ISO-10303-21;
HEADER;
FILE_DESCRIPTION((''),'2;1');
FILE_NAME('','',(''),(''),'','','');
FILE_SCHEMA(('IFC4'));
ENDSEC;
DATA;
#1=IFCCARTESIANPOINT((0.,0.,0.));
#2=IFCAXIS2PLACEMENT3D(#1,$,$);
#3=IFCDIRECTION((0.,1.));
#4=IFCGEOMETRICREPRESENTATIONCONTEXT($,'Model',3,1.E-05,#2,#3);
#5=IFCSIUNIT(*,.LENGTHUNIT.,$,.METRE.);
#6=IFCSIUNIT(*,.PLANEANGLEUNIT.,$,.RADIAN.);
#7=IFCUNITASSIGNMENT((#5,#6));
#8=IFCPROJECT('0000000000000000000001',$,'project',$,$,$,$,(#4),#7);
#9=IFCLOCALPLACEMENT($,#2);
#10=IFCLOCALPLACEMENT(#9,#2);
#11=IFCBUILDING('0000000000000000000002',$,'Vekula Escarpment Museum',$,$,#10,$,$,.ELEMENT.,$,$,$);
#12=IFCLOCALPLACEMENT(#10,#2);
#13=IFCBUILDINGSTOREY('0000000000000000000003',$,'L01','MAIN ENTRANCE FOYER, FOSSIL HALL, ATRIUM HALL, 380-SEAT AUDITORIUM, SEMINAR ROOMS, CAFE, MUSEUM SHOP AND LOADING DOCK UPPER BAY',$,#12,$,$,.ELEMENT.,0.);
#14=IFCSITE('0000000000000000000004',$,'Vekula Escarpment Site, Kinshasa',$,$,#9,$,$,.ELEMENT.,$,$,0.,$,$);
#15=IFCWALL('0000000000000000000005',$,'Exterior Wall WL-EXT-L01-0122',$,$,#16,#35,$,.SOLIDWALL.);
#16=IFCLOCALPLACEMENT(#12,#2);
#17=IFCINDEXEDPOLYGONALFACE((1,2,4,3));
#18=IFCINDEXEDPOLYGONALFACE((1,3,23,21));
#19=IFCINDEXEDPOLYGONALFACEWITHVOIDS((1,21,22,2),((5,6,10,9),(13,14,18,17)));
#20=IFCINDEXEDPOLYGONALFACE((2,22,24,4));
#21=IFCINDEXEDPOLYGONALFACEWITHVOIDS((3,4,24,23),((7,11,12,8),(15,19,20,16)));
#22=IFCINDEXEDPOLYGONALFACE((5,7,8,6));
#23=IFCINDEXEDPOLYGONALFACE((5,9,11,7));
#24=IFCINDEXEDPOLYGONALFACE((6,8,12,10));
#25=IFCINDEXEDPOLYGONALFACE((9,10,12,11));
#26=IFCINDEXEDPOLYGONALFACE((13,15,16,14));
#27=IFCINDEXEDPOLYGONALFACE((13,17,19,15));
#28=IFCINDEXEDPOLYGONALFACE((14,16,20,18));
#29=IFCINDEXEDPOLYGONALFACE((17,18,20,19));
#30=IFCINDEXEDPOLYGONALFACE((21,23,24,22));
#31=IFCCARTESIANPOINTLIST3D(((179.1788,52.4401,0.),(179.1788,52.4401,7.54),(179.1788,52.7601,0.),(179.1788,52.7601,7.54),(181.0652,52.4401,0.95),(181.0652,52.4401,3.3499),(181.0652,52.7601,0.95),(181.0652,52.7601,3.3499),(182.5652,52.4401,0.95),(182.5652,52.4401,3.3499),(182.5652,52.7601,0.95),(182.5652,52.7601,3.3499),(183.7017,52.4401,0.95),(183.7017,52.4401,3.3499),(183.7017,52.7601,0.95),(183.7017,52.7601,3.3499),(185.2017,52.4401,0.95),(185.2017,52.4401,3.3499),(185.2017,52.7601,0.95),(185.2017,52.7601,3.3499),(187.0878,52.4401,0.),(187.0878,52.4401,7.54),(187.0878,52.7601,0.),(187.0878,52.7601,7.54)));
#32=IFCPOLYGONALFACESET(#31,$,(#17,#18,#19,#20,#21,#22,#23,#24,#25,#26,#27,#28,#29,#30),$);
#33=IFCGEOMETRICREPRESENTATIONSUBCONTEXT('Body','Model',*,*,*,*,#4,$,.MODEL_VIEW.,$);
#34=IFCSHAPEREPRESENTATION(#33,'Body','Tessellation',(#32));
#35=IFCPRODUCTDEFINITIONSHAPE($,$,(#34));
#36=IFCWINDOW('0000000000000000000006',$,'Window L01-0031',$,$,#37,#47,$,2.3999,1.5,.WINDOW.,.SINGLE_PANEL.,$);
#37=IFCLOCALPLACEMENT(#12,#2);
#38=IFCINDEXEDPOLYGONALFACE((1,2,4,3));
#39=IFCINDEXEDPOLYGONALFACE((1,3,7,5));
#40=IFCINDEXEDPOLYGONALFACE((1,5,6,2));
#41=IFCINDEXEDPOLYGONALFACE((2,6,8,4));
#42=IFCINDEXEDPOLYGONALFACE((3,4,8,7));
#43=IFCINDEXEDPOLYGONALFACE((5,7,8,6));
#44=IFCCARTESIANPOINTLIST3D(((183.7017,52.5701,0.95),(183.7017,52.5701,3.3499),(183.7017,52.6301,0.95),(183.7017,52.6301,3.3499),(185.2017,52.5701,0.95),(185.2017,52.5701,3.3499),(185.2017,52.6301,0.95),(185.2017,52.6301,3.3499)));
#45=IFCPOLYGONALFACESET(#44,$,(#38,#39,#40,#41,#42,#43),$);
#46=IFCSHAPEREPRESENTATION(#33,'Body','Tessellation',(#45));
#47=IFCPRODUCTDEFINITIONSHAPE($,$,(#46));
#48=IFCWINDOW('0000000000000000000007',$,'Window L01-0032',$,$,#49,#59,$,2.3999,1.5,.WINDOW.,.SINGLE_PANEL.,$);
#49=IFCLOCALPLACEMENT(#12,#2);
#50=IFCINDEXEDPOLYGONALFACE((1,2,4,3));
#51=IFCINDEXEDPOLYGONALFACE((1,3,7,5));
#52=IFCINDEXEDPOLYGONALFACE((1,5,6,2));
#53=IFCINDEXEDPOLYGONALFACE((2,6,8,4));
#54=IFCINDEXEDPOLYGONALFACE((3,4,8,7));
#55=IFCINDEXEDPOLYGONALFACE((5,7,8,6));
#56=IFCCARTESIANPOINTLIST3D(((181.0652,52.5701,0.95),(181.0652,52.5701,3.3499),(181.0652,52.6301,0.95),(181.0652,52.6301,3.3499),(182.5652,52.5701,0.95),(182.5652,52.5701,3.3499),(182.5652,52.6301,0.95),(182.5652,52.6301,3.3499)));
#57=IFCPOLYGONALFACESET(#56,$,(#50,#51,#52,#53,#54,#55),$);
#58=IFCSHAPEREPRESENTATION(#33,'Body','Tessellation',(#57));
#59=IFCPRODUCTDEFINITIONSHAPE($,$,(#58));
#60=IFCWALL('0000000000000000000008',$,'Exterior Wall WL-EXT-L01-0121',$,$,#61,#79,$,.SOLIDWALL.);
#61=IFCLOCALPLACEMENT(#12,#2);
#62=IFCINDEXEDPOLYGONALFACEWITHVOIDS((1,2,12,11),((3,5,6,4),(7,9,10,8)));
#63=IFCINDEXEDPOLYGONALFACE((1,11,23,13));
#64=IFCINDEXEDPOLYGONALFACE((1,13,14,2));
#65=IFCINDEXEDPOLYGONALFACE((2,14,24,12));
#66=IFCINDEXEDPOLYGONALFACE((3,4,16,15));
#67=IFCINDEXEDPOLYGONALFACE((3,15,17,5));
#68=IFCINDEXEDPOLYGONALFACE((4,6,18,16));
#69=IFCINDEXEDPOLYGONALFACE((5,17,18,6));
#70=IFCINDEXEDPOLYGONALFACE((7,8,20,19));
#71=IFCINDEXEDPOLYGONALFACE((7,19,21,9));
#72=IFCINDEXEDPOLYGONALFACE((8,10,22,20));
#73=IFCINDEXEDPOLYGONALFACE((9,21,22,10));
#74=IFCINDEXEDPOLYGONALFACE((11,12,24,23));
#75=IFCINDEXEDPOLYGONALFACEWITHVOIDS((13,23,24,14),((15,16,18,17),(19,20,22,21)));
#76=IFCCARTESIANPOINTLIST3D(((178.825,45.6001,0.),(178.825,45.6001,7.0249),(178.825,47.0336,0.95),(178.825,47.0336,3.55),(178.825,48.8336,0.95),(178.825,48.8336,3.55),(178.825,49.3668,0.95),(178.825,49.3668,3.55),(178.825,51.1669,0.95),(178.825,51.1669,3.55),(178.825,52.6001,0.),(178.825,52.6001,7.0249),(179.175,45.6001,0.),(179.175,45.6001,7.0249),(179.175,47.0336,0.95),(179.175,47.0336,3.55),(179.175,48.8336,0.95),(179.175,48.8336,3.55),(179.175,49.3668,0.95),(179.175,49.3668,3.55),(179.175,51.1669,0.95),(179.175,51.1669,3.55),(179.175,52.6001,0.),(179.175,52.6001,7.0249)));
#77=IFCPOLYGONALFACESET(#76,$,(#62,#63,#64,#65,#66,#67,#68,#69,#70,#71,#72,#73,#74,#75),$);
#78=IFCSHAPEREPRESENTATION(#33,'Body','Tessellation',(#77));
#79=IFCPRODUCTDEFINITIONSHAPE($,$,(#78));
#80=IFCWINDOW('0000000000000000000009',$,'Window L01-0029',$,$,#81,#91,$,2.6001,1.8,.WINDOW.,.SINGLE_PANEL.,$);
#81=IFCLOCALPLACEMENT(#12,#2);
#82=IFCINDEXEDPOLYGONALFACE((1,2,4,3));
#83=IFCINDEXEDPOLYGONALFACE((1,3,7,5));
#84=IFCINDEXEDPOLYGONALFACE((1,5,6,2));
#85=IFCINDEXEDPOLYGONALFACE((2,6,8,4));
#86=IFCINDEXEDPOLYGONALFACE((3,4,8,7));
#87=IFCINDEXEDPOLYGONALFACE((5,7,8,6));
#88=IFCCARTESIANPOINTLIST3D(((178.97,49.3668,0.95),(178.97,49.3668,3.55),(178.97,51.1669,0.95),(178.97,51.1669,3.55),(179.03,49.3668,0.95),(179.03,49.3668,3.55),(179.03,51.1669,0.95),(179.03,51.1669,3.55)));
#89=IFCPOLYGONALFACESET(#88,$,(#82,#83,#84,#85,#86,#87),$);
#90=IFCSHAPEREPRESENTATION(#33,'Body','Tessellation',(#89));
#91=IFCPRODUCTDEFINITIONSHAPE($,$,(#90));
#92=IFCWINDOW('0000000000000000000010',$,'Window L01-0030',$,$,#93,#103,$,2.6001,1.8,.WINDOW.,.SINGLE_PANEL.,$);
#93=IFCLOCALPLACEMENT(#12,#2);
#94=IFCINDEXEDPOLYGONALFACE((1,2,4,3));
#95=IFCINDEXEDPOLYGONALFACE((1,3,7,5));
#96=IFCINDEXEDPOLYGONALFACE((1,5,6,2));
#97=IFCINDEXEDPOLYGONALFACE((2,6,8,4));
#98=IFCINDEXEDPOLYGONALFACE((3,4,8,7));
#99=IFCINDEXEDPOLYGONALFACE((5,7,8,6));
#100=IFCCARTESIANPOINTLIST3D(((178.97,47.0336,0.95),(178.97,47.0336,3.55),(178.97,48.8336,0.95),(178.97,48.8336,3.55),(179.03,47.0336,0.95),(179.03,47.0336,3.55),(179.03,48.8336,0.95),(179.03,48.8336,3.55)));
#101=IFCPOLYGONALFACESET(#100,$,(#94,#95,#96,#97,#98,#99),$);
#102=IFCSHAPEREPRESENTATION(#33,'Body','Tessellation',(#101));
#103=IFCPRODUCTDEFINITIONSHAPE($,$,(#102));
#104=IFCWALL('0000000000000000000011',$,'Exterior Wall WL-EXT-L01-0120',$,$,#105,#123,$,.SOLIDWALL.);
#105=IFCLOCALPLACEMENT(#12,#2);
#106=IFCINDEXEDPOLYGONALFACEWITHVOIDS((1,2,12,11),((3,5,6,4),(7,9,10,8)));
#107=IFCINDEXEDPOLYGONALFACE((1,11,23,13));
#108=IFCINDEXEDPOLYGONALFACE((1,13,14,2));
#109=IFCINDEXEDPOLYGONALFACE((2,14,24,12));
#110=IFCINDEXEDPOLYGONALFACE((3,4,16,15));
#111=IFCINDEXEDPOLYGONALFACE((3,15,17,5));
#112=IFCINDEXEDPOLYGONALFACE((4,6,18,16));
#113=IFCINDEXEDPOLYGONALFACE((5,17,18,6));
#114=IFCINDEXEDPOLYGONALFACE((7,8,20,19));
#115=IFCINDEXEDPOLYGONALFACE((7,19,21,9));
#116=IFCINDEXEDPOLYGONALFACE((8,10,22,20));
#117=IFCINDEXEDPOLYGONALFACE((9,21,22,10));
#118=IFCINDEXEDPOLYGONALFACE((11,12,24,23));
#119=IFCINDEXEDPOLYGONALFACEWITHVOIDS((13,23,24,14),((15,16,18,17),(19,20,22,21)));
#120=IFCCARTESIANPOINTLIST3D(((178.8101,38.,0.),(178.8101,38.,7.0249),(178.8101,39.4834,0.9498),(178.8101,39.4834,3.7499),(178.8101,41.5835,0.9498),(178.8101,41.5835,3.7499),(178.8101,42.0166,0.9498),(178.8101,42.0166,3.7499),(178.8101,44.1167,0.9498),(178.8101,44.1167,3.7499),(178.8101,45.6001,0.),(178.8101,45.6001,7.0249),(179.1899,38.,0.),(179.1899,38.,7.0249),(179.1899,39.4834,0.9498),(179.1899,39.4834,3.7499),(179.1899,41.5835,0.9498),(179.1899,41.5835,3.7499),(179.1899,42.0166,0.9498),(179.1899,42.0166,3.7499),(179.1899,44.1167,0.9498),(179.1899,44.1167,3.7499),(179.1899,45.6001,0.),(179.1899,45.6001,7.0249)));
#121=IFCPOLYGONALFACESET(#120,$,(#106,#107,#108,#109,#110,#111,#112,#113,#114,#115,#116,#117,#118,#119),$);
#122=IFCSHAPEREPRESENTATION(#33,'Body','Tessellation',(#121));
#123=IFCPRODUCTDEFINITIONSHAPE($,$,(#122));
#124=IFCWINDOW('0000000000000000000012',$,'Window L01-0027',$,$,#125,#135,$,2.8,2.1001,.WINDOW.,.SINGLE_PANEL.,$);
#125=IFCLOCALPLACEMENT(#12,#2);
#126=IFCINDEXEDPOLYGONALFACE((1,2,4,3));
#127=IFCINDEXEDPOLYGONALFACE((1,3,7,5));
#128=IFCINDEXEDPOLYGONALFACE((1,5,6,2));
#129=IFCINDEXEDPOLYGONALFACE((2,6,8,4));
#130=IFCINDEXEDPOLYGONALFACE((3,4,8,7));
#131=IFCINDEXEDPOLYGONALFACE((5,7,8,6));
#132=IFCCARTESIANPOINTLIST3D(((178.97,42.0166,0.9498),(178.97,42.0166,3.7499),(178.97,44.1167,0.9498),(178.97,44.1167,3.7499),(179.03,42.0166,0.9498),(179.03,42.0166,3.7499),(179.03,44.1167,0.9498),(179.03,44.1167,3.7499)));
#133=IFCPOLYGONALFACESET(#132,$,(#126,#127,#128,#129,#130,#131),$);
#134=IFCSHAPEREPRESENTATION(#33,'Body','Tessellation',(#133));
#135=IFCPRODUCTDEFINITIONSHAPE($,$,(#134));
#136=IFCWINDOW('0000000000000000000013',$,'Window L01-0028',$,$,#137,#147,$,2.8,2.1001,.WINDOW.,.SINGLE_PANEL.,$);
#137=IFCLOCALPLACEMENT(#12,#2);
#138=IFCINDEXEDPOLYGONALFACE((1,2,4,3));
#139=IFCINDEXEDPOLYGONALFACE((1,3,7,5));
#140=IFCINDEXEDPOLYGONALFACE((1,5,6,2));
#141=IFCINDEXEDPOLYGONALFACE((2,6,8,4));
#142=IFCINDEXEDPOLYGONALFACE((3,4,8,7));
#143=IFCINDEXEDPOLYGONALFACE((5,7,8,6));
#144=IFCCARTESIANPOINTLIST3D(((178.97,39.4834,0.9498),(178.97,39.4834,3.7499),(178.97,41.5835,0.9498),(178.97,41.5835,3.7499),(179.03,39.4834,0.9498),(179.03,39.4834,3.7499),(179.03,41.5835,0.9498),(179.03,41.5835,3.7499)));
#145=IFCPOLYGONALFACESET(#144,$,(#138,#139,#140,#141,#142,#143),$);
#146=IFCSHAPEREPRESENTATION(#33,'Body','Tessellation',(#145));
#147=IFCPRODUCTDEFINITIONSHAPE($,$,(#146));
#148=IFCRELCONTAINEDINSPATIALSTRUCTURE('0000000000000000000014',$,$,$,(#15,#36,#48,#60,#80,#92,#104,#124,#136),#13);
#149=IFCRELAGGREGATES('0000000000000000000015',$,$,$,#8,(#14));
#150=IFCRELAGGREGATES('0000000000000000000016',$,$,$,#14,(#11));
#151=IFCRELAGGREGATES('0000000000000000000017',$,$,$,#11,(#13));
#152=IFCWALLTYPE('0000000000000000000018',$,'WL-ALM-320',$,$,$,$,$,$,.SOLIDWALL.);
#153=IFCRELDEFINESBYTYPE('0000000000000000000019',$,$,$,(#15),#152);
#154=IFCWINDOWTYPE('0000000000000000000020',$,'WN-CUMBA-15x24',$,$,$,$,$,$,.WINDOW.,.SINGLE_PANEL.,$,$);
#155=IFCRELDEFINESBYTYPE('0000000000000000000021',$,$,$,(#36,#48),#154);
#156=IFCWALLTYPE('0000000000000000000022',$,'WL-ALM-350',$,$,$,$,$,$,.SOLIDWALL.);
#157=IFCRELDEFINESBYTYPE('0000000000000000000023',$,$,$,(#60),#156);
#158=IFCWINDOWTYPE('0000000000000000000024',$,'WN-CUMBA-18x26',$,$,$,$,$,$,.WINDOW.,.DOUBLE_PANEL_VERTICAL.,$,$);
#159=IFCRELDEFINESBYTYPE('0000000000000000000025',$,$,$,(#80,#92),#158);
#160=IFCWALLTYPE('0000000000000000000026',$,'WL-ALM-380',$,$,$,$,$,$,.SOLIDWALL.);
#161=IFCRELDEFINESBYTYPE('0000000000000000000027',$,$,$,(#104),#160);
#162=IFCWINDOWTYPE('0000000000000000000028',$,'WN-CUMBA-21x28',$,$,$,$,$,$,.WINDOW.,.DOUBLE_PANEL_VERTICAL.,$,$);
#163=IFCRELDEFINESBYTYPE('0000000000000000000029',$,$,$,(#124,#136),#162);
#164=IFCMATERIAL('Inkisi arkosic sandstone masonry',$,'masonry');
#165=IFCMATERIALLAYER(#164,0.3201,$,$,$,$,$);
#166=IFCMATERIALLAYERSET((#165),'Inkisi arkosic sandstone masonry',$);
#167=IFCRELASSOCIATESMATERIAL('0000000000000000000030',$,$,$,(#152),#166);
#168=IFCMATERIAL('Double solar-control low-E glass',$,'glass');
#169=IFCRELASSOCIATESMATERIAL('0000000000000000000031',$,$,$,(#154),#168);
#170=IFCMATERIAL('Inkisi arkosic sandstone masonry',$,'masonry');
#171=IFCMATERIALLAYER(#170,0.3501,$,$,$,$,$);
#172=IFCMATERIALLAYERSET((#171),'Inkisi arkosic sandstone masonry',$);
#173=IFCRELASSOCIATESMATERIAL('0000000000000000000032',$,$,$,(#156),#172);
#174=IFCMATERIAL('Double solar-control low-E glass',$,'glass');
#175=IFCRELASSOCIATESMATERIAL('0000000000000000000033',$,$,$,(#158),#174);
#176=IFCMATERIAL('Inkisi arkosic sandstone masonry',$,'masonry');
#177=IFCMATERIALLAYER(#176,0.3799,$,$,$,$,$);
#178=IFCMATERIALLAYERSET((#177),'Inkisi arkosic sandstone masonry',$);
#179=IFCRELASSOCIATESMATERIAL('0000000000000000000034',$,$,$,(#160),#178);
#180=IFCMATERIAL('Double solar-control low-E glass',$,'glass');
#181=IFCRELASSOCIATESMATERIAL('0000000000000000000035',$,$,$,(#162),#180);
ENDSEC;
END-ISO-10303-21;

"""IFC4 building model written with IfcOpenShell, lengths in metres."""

from ifc_helpers import new_model, si_unit, direction, frame, frame_2d, origin, place, context, subcontext, project, spatial, rectangle, extrude, material, layer, layer_set, type_object, element, fill, save


model = new_model("IFC4")

# Units and contexts
model_context = context("Model", 3, precision=1e-05, world=origin(), true_north=direction((0.0, 1.0)))
body_context = subcontext(model_context, "Body", "Model", "MODEL_VIEW")
ifc_project = project(units=[si_unit("LENGTHUNIT", "METRE"), si_unit("PLANEANGLEUNIT", "RADIAN")], contexts=[model_context])

# Site, building, storey
site_placement = place(None, origin())
site = spatial("IfcSite", under=ifc_project, at=site_placement, Name="Vekula Escarpment Site, Kinshasa", CompositionType="ELEMENT", RefElevation=0.0)
building_placement = place(site_placement, origin())
building = spatial("IfcBuilding", under=site, at=building_placement, Name="Vekula Escarpment Museum", CompositionType="ELEMENT")
storey_placement = place(building_placement, origin())
storey = spatial("IfcBuildingStorey", under=building, at=storey_placement, Name="L01", Description="MAIN ENTRANCE FOYER, FOSSIL HALL, ATRIUM HALL, 380-SEAT AUDITORIUM, SEMINAR ROOMS, CAFE, MUSEUM SHOP AND LOADING DOCK UPPER BAY", CompositionType="ELEMENT", Elevation=0.0)

# Walls, openings, windows
ifc_material_1 = material(Name="Inkisi arkosic sandstone masonry", Category="masonry")
ifc_layer_1 = layer(ifc_material_1, 0.3201)
ifc_layer_set_1 = layer_set([ifc_layer_1], Name="Inkisi arkosic sandstone masonry")
wall_type_1 = type_object("IfcWallType", Name="WL-ALM-320", PredefinedType="SOLIDWALL", material=ifc_layer_set_1)
wall_1_placement = place(storey_placement, frame((187.0879, 52.6001, 0.0), z_axis=(0.0, 0.0, 1.0), x_axis=(-1.0, 0.0, 0.0)))
wall_1 = element("IfcWall", 1, at=wall_1_placement, inside=storey, type_object=wall_type_1, Name="Exterior Wall WL-EXT-L01-0122", PredefinedType="SOLIDWALL", context=body_context, shape_type="SweptSolid", body=[
    extrude(rectangle(XDim=7.9089, YDim=0.3201, at=frame_2d((3.9546, 0.0))), origin(), (0.0, 0.0, 1.0), 7.54),
])
opening_1_placement = place(wall_1_placement, frame((1.8862, 0.0, 0.95)))
opening_1 = element("IfcOpeningElement", 2, at=opening_1_placement, cuts=wall_1, PredefinedType="OPENING", context=body_context, shape_type="SweptSolid", body=[
    extrude(rectangle(XDim=1.5, YDim=2.3999, at=frame_2d((0.75, 1.2))), frame((0.0, 0.1699, 0.0), z_axis=(0.0, -1.0, 0.0), x_axis=(1.0, 0.0, 0.0)), (0.0, 0.0, 1.0), 0.3401),
])
opening_2_placement = place(wall_1_placement, frame((4.5227, 0.0, 0.95)))
opening_2 = element("IfcOpeningElement", 3, at=opening_2_placement, cuts=wall_1, PredefinedType="OPENING", context=body_context, shape_type="SweptSolid", body=[
    extrude(rectangle(XDim=1.5, YDim=2.3999, at=frame_2d((0.75, 1.2))), frame((0.0, 0.1699, 0.0), z_axis=(0.0, -1.0, 0.0), x_axis=(1.0, 0.0, 0.0)), (0.0, 0.0, 1.0), 0.3401),
])
ifc_material_2 = material(Name="Double solar-control low-E glass", Category="glass")
window_type_1 = type_object("IfcWindowType", Name="WN-CUMBA-15x24", PartitioningType="SINGLE_PANEL", PredefinedType="WINDOW", material=ifc_material_2)
window_1_placement = place(opening_1_placement, origin())
window_1 = element("IfcWindow", 4, at=window_1_placement, inside=storey, type_object=window_type_1, Name="Window L01-0031", OverallHeight=2.3999, OverallWidth=1.5, PartitioningType="SINGLE_PANEL", PredefinedType="WINDOW", context=body_context, shape_type="SweptSolid", body=[
    extrude(rectangle(XDim=1.5, YDim=2.3999, at=frame_2d((0.75, 1.2))), frame((0.0, 0.03, 0.0), z_axis=(0.0, -1.0, 0.0), x_axis=(1.0, 0.0, 0.0)), (0.0, 0.0, 1.0), 0.0601),
])
fill(opening_1, window_1)
window_2_placement = place(opening_2_placement, origin())
window_2 = element("IfcWindow", 5, at=window_2_placement, inside=storey, type_object=window_type_1, Name="Window L01-0032", OverallHeight=2.3999, OverallWidth=1.5, PartitioningType="SINGLE_PANEL", PredefinedType="WINDOW", context=body_context, shape_type="SweptSolid", body=[
    extrude(rectangle(XDim=1.5, YDim=2.3999, at=frame_2d((0.75, 1.2))), frame((0.0, 0.03, 0.0), z_axis=(0.0, -1.0, 0.0), x_axis=(1.0, 0.0, 0.0)), (0.0, 0.0, 1.0), 0.0601),
])
fill(opening_2, window_2)
ifc_material_3 = material(Name="Inkisi arkosic sandstone masonry", Category="masonry")
ifc_layer_2 = layer(ifc_material_3, 0.3501)
ifc_layer_set_2 = layer_set([ifc_layer_2], Name="Inkisi arkosic sandstone masonry")
wall_type_2 = type_object("IfcWallType", Name="WL-ALM-350", PredefinedType="SOLIDWALL", material=ifc_layer_set_2)
wall_2_placement = place(storey_placement, frame((179.0, 52.6001, 0.0), z_axis=(0.0, 0.0, 1.0), x_axis=(0.0, -1.0, 0.0)))
wall_2 = element("IfcWall", 6, at=wall_2_placement, inside=storey, type_object=wall_type_2, Name="Exterior Wall WL-EXT-L01-0121", PredefinedType="SOLIDWALL", context=body_context, shape_type="SweptSolid", body=[
    extrude(rectangle(XDim=7.0, YDim=0.3501, at=frame_2d((3.5, 0.0))), origin(), (0.0, 0.0, 1.0), 7.0249),
])
opening_3_placement = place(wall_2_placement, frame((1.4333, 0.0, 0.95)))
opening_3 = element("IfcOpeningElement", 7, at=opening_3_placement, cuts=wall_2, PredefinedType="OPENING", context=body_context, shape_type="SweptSolid", body=[
    extrude(rectangle(XDim=1.8, YDim=2.6001, at=frame_2d((0.8999, 1.3))), frame((0.0, 0.1851, 0.0), z_axis=(0.0, -1.0, 0.0), x_axis=(1.0, 0.0, 0.0)), (0.0, 0.0, 1.0), 0.3701),
])
opening_4_placement = place(wall_2_placement, frame((3.7666, 0.0, 0.95)))
opening_4 = element("IfcOpeningElement", 8, at=opening_4_placement, cuts=wall_2, PredefinedType="OPENING", context=body_context, shape_type="SweptSolid", body=[
    extrude(rectangle(XDim=1.8, YDim=2.6001, at=frame_2d((0.8999, 1.3))), frame((0.0, 0.1851, 0.0), z_axis=(0.0, -1.0, 0.0), x_axis=(1.0, 0.0, 0.0)), (0.0, 0.0, 1.0), 0.3701),
])
ifc_material_4 = material(Name="Double solar-control low-E glass", Category="glass")
window_type_2 = type_object("IfcWindowType", Name="WN-CUMBA-18x26", PartitioningType="DOUBLE_PANEL_VERTICAL", PredefinedType="WINDOW", material=ifc_material_4)
window_3_placement = place(opening_3_placement, origin())
window_3 = element("IfcWindow", 9, at=window_3_placement, inside=storey, type_object=window_type_2, Name="Window L01-0029", OverallHeight=2.6001, OverallWidth=1.8, PartitioningType="SINGLE_PANEL", PredefinedType="WINDOW", context=body_context, shape_type="SweptSolid", body=[
    extrude(rectangle(XDim=1.8, YDim=2.6001, at=frame_2d((0.8999, 1.3))), frame((0.0, 0.03, 0.0), z_axis=(0.0, -1.0, 0.0), x_axis=(1.0, 0.0, 0.0)), (0.0, 0.0, 1.0), 0.0601),
])
fill(opening_3, window_3)
window_4_placement = place(opening_4_placement, origin())
window_4 = element("IfcWindow", 10, at=window_4_placement, inside=storey, type_object=window_type_2, Name="Window L01-0030", OverallHeight=2.6001, OverallWidth=1.8, PartitioningType="SINGLE_PANEL", PredefinedType="WINDOW", context=body_context, shape_type="SweptSolid", body=[
    extrude(rectangle(XDim=1.8, YDim=2.6001, at=frame_2d((0.8999, 1.3))), frame((0.0, 0.03, 0.0), z_axis=(0.0, -1.0, 0.0), x_axis=(1.0, 0.0, 0.0)), (0.0, 0.0, 1.0), 0.0601),
])
fill(opening_4, window_4)
ifc_material_5 = material(Name="Inkisi arkosic sandstone masonry", Category="masonry")
ifc_layer_3 = layer(ifc_material_5, 0.3799)
ifc_layer_set_3 = layer_set([ifc_layer_3], Name="Inkisi arkosic sandstone masonry")
wall_type_3 = type_object("IfcWallType", Name="WL-ALM-380", PredefinedType="SOLIDWALL", material=ifc_layer_set_3)
wall_3_placement = place(storey_placement, frame((179.0, 45.6001, 0.0), z_axis=(0.0, 0.0, 1.0), x_axis=(0.0, -1.0, 0.0)))
wall_3 = element("IfcWall", 11, at=wall_3_placement, inside=storey, type_object=wall_type_3, Name="Exterior Wall WL-EXT-L01-0120", PredefinedType="SOLIDWALL", context=body_context, shape_type="SweptSolid", body=[
    extrude(rectangle(XDim=7.6001, YDim=0.3799, at=frame_2d((3.8, 0.0))), origin(), (0.0, 0.0, 1.0), 7.0249),
])
opening_5_placement = place(wall_3_placement, frame((1.4834, 0.0, 0.95)))
opening_5 = element("IfcOpeningElement", 12, at=opening_5_placement, cuts=wall_3, PredefinedType="OPENING", context=body_context, shape_type="SweptSolid", body=[
    extrude(rectangle(XDim=2.1001, YDim=2.8, at=frame_2d((1.05, 1.3999))), frame((0.0, 0.2, 0.0), z_axis=(0.0, -1.0, 0.0), x_axis=(1.0, 0.0, 0.0)), (0.0, 0.0, 1.0), 0.3999),
])
opening_6_placement = place(wall_3_placement, frame((4.0166, 0.0, 0.95)))
opening_6 = element("IfcOpeningElement", 13, at=opening_6_placement, cuts=wall_3, PredefinedType="OPENING", context=body_context, shape_type="SweptSolid", body=[
    extrude(rectangle(XDim=2.1001, YDim=2.8, at=frame_2d((1.05, 1.3999))), frame((0.0, 0.2, 0.0), z_axis=(0.0, -1.0, 0.0), x_axis=(1.0, 0.0, 0.0)), (0.0, 0.0, 1.0), 0.3999),
])
ifc_material_6 = material(Name="Double solar-control low-E glass", Category="glass")
window_type_3 = type_object("IfcWindowType", Name="WN-CUMBA-21x28", PartitioningType="DOUBLE_PANEL_VERTICAL", PredefinedType="WINDOW", material=ifc_material_6)
window_5_placement = place(opening_5_placement, origin())
window_5 = element("IfcWindow", 14, at=window_5_placement, inside=storey, type_object=window_type_3, Name="Window L01-0027", OverallHeight=2.8, OverallWidth=2.1001, PartitioningType="SINGLE_PANEL", PredefinedType="WINDOW", context=body_context, shape_type="SweptSolid", body=[
    extrude(rectangle(XDim=2.1001, YDim=2.8, at=frame_2d((1.05, 1.3999))), frame((0.0, 0.03, 0.0), z_axis=(0.0, -1.0, 0.0), x_axis=(1.0, 0.0, 0.0)), (0.0, 0.0, 1.0), 0.0601),
])
fill(opening_5, window_5)
window_6_placement = place(opening_6_placement, origin())
window_6 = element("IfcWindow", 15, at=window_6_placement, inside=storey, type_object=window_type_3, Name="Window L01-0028", OverallHeight=2.8, OverallWidth=2.1001, PartitioningType="SINGLE_PANEL", PredefinedType="WINDOW", context=body_context, shape_type="SweptSolid", body=[
    extrude(rectangle(XDim=2.1001, YDim=2.8, at=frame_2d((1.05, 1.3999))), frame((0.0, 0.03, 0.0), z_axis=(0.0, -1.0, 0.0), x_axis=(1.0, 0.0, 0.0)), (0.0, 0.0, 1.0), 0.0601),
])
fill(opening_6, window_6)

save(model, "model.ifc")
